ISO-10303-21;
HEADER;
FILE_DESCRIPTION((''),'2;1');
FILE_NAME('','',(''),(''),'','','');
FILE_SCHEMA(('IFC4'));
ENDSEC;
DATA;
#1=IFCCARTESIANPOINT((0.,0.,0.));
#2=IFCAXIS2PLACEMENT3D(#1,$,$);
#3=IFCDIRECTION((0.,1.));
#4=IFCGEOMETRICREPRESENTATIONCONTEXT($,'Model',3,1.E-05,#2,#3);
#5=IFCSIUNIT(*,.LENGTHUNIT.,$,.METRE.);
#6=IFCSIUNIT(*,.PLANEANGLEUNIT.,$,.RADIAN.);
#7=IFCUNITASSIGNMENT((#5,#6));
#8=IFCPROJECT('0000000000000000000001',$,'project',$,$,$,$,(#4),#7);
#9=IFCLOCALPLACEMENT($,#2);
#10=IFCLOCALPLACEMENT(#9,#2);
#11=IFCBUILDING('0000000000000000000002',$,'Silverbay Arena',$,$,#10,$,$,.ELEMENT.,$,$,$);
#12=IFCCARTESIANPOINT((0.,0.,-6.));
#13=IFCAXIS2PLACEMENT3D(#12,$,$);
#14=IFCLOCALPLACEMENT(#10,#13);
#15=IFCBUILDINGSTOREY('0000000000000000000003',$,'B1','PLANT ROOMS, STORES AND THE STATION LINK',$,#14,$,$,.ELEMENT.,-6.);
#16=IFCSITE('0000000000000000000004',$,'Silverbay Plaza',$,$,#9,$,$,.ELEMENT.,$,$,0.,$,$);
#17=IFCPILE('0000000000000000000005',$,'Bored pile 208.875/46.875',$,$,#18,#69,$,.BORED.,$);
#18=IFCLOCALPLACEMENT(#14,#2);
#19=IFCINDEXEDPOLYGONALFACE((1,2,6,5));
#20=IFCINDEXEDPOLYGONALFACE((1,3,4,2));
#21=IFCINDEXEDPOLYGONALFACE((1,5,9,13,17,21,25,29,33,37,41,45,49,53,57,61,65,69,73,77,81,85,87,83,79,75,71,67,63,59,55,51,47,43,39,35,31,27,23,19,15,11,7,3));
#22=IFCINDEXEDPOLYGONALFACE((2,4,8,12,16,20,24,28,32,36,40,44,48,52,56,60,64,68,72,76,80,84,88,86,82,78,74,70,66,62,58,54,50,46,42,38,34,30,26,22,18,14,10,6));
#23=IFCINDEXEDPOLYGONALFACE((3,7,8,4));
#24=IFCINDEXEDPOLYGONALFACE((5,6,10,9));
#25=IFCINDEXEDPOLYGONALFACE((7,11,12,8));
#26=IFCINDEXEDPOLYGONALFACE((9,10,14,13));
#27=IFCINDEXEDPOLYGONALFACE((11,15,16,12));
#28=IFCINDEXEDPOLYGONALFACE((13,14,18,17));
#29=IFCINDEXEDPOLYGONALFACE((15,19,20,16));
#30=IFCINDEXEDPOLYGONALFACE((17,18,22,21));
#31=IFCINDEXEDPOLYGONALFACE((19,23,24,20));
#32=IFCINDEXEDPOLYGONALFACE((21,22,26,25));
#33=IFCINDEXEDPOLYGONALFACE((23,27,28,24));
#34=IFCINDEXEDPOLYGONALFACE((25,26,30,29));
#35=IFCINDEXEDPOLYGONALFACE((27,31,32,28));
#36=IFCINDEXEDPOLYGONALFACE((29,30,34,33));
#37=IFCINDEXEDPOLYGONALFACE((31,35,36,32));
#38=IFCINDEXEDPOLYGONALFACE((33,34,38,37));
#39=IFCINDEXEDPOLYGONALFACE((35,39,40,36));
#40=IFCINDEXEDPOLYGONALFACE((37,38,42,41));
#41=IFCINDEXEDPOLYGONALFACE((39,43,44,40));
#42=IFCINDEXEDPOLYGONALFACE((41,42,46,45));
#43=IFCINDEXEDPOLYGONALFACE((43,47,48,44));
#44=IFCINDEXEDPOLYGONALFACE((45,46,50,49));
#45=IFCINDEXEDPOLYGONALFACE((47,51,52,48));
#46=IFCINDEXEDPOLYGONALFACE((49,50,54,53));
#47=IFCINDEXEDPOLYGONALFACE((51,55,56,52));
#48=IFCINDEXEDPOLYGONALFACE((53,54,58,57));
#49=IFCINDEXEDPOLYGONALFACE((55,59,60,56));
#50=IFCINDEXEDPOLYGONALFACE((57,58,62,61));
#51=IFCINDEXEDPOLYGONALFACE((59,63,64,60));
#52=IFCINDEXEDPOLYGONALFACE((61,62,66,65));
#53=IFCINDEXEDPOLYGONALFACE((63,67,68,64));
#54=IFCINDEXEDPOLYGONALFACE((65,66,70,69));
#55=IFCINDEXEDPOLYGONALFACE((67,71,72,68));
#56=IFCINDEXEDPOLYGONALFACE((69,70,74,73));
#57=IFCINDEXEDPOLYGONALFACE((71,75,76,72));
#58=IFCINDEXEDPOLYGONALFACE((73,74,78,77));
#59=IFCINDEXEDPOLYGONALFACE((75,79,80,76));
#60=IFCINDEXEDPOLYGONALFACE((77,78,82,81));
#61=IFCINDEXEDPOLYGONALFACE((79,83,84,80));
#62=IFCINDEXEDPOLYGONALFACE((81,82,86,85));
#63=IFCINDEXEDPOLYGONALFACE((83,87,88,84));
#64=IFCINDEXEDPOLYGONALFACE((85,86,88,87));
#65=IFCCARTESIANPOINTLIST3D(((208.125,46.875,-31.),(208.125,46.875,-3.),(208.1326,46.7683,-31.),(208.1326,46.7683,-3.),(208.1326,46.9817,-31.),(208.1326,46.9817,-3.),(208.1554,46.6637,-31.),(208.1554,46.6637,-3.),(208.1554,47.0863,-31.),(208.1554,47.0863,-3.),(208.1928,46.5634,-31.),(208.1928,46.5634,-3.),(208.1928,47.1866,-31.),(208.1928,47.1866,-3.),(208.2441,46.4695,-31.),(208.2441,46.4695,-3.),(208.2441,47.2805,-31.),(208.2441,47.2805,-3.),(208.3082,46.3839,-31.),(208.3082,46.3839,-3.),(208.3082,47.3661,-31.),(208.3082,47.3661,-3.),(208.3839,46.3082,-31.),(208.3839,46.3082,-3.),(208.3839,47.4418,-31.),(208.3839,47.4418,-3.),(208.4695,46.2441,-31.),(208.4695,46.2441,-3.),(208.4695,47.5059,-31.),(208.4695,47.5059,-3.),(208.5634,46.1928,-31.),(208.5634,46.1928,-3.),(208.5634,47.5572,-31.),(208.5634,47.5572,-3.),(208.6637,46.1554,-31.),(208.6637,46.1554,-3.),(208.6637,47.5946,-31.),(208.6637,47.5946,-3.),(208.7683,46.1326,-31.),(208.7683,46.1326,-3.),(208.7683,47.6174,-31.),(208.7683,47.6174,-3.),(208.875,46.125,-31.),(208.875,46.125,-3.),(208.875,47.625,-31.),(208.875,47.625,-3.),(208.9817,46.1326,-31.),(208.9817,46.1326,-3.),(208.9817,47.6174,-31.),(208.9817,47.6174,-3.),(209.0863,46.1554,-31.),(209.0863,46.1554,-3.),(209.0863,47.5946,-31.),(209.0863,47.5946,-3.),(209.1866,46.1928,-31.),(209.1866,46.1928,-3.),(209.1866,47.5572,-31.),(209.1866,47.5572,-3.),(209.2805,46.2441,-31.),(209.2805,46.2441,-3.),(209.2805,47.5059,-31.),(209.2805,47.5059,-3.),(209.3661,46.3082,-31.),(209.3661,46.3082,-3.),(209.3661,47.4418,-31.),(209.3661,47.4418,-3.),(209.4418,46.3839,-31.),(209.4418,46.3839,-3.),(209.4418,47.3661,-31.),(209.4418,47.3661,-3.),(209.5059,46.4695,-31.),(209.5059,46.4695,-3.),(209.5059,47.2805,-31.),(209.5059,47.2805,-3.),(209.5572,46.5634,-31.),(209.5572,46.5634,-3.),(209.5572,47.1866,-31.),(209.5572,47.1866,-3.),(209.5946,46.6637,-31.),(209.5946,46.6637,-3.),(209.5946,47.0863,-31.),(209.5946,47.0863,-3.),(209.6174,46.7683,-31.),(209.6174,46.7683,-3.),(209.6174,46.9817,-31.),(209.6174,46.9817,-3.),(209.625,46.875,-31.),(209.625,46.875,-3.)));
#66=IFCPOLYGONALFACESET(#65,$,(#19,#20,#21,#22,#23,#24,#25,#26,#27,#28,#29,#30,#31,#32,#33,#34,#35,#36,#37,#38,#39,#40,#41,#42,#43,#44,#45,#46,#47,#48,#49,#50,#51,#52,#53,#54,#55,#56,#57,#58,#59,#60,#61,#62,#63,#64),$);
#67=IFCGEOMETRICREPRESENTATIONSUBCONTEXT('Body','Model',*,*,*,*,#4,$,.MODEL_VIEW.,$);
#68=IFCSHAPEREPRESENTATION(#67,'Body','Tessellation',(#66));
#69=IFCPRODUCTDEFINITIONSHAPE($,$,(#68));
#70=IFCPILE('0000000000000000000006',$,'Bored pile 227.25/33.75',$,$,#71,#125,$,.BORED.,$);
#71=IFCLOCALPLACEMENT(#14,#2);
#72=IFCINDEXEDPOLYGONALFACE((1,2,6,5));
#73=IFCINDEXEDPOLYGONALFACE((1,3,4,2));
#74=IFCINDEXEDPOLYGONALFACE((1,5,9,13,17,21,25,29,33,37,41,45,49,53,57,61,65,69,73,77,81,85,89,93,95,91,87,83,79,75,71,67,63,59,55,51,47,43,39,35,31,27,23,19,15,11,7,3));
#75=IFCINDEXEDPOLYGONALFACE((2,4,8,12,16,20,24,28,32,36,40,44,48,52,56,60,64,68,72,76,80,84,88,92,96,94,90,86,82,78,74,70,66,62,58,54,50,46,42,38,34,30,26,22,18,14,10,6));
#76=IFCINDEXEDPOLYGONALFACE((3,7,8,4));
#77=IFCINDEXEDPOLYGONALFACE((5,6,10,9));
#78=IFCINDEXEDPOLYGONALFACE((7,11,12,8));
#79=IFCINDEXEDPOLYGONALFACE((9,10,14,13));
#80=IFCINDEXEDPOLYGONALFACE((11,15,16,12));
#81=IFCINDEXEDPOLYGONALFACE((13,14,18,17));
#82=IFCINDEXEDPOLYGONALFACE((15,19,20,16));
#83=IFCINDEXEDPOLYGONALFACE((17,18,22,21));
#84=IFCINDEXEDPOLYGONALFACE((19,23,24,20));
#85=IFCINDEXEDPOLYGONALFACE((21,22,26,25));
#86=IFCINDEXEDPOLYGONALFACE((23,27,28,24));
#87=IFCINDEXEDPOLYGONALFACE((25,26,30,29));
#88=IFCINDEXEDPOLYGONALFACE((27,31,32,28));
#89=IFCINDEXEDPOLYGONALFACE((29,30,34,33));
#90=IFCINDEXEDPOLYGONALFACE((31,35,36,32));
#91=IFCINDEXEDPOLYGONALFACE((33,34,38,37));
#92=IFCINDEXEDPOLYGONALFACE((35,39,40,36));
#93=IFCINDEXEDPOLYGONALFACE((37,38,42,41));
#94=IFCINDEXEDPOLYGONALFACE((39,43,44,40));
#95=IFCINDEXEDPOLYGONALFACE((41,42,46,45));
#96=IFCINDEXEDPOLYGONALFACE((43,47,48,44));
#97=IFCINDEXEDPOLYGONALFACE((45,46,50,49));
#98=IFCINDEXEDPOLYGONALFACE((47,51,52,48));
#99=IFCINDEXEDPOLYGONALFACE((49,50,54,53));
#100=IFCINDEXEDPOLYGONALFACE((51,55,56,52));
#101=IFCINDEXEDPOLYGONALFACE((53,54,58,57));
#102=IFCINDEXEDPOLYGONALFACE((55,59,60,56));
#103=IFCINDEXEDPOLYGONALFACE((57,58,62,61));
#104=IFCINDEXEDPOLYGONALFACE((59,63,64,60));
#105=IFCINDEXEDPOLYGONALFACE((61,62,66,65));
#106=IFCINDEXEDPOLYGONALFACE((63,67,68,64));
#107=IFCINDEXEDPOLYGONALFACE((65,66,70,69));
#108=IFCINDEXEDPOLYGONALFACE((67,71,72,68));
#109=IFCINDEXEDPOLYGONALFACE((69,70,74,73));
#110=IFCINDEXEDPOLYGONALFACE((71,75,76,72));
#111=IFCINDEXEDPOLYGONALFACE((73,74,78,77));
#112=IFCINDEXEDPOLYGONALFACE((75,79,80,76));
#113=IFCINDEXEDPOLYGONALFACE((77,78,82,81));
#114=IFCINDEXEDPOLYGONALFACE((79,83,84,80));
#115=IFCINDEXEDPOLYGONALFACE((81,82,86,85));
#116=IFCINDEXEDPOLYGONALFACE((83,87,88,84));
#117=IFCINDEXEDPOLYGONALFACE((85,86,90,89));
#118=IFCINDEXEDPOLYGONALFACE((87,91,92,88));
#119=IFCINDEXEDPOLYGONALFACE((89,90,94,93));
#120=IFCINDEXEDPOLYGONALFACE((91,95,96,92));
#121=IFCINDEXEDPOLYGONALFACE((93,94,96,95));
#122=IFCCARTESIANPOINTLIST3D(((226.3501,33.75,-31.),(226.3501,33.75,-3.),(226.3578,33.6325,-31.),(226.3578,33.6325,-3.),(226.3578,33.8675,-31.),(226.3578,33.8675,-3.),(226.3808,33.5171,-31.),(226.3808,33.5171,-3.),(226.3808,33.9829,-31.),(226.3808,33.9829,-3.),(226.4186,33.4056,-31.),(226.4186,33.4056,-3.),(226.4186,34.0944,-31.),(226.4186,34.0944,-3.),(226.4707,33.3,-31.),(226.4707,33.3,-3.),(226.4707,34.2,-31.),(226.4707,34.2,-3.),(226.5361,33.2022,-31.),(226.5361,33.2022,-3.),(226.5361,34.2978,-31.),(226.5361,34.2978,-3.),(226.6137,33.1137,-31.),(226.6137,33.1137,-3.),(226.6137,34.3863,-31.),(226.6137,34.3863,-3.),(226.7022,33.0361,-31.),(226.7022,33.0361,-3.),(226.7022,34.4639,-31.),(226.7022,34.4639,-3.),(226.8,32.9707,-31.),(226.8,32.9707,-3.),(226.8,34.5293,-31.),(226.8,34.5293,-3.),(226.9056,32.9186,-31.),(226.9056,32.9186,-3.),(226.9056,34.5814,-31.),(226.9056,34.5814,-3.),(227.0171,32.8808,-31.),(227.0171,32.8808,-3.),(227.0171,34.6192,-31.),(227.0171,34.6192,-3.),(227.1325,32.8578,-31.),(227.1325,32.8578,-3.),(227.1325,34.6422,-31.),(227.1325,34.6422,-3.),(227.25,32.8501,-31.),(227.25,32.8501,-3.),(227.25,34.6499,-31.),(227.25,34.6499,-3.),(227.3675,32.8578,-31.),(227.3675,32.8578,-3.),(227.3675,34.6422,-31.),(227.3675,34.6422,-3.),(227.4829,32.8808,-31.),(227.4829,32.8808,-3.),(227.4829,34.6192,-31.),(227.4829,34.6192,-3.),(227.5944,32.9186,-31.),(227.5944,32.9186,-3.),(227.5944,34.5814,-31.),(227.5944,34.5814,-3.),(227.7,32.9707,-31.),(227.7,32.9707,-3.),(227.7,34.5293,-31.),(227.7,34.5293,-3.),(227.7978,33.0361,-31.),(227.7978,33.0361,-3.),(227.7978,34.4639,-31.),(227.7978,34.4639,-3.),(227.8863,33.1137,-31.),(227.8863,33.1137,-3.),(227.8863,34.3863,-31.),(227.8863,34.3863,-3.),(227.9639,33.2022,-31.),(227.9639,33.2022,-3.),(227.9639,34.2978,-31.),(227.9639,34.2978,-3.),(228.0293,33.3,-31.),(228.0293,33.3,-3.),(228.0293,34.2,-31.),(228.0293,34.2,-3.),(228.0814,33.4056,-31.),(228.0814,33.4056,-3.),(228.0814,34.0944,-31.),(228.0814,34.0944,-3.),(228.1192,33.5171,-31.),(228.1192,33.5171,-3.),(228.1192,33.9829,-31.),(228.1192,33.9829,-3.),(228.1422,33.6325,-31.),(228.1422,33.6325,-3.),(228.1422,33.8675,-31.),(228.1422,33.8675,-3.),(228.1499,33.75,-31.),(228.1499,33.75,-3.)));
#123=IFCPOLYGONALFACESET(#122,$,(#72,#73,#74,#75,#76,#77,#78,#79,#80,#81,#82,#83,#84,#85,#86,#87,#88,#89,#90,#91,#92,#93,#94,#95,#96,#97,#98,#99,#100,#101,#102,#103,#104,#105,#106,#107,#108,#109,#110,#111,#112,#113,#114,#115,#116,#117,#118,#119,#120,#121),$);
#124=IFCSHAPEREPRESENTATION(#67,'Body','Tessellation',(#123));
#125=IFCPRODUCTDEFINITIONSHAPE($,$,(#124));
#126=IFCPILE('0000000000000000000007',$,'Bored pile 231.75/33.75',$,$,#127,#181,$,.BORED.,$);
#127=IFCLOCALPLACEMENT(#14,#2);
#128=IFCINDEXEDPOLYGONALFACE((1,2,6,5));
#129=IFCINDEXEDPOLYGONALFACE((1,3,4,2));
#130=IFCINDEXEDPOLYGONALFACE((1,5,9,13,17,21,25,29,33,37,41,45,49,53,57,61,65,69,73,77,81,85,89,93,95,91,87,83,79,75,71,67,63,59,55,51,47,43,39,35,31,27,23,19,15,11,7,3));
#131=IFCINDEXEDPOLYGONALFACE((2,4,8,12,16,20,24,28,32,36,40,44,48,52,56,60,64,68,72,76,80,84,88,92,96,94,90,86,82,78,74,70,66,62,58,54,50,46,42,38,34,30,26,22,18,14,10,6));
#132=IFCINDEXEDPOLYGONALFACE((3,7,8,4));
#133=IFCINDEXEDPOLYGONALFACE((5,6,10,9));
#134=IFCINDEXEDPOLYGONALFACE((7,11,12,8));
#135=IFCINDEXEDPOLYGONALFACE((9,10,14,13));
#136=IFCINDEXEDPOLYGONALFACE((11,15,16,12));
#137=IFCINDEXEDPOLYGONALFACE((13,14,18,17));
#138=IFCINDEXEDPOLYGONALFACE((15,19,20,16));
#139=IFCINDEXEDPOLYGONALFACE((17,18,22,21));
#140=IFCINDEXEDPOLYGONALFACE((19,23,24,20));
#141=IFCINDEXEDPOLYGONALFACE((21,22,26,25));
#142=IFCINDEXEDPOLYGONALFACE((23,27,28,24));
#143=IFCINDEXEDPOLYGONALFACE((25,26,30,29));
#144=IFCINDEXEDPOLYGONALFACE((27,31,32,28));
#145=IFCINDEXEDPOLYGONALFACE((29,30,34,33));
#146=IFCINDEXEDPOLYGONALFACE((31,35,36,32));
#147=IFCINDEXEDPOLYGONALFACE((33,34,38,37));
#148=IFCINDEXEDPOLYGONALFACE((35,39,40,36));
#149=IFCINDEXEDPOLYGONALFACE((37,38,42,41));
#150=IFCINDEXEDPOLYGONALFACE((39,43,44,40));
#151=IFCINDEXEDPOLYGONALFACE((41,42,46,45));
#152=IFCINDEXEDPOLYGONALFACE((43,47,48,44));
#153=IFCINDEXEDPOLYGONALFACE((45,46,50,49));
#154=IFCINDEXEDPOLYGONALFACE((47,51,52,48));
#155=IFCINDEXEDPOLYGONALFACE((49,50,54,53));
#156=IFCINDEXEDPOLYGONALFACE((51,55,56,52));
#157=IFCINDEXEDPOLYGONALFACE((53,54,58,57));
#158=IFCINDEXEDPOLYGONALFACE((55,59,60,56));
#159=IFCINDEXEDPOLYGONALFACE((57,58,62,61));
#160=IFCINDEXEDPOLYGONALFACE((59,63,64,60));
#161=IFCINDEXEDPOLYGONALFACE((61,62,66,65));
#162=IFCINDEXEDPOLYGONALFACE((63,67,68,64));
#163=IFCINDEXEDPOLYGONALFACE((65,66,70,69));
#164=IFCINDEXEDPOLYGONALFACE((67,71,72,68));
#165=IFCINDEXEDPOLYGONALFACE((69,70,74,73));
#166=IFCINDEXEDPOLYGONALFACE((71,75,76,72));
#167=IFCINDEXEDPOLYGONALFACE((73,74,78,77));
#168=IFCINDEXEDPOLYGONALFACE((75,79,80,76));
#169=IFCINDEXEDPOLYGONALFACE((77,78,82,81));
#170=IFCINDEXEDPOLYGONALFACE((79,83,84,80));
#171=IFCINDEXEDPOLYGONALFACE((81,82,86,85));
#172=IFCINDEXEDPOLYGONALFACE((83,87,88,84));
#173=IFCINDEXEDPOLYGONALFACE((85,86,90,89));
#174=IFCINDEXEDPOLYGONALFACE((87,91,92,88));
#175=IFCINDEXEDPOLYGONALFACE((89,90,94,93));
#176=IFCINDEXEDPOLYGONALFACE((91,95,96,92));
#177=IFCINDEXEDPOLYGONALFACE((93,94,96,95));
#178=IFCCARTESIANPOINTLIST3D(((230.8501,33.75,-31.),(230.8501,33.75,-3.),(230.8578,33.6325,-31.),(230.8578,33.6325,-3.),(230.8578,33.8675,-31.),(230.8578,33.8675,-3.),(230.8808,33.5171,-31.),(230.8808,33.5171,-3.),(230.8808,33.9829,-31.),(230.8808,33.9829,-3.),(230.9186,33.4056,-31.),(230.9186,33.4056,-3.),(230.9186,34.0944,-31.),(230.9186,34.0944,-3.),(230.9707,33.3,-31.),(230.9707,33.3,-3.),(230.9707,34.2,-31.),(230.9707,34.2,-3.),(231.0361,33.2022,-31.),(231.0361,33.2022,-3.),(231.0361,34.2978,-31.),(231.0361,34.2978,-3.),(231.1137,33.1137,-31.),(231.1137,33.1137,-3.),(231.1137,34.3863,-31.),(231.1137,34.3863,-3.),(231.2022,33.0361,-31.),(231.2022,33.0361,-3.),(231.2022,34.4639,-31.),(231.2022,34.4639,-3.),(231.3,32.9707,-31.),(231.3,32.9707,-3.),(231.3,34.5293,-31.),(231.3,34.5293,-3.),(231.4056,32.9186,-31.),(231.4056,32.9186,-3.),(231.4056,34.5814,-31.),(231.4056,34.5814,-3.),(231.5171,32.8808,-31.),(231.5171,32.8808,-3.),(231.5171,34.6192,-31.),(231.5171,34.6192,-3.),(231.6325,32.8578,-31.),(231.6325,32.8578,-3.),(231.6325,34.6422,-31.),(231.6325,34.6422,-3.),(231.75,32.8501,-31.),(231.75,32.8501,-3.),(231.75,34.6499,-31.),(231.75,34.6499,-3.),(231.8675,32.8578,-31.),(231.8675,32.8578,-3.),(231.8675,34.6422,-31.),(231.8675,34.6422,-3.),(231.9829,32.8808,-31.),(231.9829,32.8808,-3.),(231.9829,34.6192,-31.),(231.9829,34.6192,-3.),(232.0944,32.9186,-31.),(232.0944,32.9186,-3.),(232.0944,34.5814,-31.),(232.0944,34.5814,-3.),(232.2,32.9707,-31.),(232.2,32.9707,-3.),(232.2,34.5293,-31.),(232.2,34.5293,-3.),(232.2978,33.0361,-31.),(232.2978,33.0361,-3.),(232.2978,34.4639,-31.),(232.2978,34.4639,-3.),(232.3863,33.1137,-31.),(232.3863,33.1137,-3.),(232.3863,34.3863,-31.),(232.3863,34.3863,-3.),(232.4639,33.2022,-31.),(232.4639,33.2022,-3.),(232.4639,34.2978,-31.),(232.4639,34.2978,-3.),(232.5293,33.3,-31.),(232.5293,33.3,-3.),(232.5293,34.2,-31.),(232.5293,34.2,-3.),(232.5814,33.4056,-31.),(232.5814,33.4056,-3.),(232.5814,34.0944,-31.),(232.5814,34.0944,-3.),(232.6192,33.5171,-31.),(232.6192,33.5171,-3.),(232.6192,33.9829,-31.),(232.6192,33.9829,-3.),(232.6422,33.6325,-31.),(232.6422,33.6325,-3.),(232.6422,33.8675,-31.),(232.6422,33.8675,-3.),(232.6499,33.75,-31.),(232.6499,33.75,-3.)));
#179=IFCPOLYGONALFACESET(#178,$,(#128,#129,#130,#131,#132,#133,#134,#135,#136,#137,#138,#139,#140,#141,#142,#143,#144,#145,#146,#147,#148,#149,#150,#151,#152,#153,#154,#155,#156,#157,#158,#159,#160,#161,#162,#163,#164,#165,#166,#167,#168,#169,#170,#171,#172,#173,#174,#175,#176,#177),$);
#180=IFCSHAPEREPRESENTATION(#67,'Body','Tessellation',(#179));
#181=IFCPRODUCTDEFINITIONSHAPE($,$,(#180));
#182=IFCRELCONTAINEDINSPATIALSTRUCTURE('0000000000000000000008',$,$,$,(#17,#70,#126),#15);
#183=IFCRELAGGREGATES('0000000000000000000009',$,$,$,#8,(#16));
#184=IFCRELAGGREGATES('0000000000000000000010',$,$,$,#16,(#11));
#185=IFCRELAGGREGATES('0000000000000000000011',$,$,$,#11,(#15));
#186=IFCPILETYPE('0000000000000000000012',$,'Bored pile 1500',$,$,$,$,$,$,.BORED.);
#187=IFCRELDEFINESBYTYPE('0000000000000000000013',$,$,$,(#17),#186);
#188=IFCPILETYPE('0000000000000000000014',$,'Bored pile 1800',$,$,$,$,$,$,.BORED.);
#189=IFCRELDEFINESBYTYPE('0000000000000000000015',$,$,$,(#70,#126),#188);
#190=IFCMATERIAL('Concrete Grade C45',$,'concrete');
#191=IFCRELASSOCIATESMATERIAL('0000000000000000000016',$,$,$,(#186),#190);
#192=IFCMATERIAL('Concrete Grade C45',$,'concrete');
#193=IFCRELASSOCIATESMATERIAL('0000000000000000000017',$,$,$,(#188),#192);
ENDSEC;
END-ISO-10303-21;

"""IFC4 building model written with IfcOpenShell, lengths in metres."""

from ifc_helpers import new_model, si_unit, direction, frame, origin, origin_2d, place, context, subcontext, project, spatial, circle, extrude, material, material_profile, profile_set, type_object, element, save


model = new_model("IFC4")

# Units and contexts
model_context = context("Model", 3, precision=1e-05, world=origin(), true_north=direction((0.0, 1.0)))
body_context = subcontext(model_context, "Body", "Model", "MODEL_VIEW")
ifc_project = project(units=[si_unit("LENGTHUNIT", "METRE"), si_unit("PLANEANGLEUNIT", "RADIAN")], contexts=[model_context])

# Site, building, storey
site_placement = place(None, origin())
site = spatial("IfcSite", under=ifc_project, at=site_placement, Name="Silverbay Plaza", CompositionType="ELEMENT", RefElevation=0.0)
building_placement = place(site_placement, origin())
building = spatial("IfcBuilding", under=site, at=building_placement, Name="Silverbay Arena", CompositionType="ELEMENT")
storey_placement = place(building_placement, frame((0.0, 0.0, -6.0)))
storey = spatial("IfcBuildingStorey", under=building, at=storey_placement, Name="B1", Description="PLANT ROOMS, STORES AND THE STATION LINK", CompositionType="ELEMENT", Elevation=-6.0)

# Piles
ifc_material_1 = material(Name="Concrete Grade C45", Category="concrete")
ifc_material_profile_1 = material_profile(ifc_material_1, circle(Radius=0.75, at=origin_2d()), Name="Bored pile 1500")
ifc_profile_set_1 = profile_set([ifc_material_profile_1], Name="Concrete Grade C45")
pile_type_1 = type_object("IfcPileType", Name="Bored pile 1500", PredefinedType="BORED", material=ifc_profile_set_1)
for number, where, z_axis, x_axis, name in (
    (1, (208.875, 46.875, -3.0), (0.0, 0.0, -1.0), (1.0, 0.0, 0.0), "Bored pile 208.875/46.875"),
):
    element("IfcPile", number, at=place(storey_placement, frame(where, z_axis=z_axis, x_axis=x_axis)), inside=storey, type_object=pile_type_1, Name=name, PredefinedType="BORED", context=body_context, shape_type="SweptSolid", body=[
        extrude(circle(Radius=0.75, at=origin_2d()), origin(), (0.0, 0.0, 1.0), 28.0),
    ])
ifc_material_2 = material(Name="Concrete Grade C45", Category="concrete")
ifc_material_profile_2 = material_profile(ifc_material_2, circle(Radius=0.8999, at=origin_2d()), Name="Bored pile 1800")
ifc_profile_set_2 = profile_set([ifc_material_profile_2], Name="Concrete Grade C45")
pile_type_2 = type_object("IfcPileType", Name="Bored pile 1800", PredefinedType="BORED", material=ifc_profile_set_2)
for number, where, z_axis, x_axis, name in (
    (2, (227.25, 33.75, -3.0), (0.0, 0.0, -1.0), (1.0, 0.0, 0.0), "Bored pile 227.25/33.75"),
    (3, (231.75, 33.75, -3.0), (0.0, 0.0, -1.0), (1.0, 0.0, 0.0), "Bored pile 231.75/33.75"),
):
    element("IfcPile", number, at=place(storey_placement, frame(where, z_axis=z_axis, x_axis=x_axis)), inside=storey, type_object=pile_type_2, Name=name, PredefinedType="BORED", context=body_context, shape_type="SweptSolid", body=[
        extrude(circle(Radius=0.8999, at=origin_2d()), origin(), (0.0, 0.0, 1.0), 28.0),
    ])

save(model, "model.ifc")
